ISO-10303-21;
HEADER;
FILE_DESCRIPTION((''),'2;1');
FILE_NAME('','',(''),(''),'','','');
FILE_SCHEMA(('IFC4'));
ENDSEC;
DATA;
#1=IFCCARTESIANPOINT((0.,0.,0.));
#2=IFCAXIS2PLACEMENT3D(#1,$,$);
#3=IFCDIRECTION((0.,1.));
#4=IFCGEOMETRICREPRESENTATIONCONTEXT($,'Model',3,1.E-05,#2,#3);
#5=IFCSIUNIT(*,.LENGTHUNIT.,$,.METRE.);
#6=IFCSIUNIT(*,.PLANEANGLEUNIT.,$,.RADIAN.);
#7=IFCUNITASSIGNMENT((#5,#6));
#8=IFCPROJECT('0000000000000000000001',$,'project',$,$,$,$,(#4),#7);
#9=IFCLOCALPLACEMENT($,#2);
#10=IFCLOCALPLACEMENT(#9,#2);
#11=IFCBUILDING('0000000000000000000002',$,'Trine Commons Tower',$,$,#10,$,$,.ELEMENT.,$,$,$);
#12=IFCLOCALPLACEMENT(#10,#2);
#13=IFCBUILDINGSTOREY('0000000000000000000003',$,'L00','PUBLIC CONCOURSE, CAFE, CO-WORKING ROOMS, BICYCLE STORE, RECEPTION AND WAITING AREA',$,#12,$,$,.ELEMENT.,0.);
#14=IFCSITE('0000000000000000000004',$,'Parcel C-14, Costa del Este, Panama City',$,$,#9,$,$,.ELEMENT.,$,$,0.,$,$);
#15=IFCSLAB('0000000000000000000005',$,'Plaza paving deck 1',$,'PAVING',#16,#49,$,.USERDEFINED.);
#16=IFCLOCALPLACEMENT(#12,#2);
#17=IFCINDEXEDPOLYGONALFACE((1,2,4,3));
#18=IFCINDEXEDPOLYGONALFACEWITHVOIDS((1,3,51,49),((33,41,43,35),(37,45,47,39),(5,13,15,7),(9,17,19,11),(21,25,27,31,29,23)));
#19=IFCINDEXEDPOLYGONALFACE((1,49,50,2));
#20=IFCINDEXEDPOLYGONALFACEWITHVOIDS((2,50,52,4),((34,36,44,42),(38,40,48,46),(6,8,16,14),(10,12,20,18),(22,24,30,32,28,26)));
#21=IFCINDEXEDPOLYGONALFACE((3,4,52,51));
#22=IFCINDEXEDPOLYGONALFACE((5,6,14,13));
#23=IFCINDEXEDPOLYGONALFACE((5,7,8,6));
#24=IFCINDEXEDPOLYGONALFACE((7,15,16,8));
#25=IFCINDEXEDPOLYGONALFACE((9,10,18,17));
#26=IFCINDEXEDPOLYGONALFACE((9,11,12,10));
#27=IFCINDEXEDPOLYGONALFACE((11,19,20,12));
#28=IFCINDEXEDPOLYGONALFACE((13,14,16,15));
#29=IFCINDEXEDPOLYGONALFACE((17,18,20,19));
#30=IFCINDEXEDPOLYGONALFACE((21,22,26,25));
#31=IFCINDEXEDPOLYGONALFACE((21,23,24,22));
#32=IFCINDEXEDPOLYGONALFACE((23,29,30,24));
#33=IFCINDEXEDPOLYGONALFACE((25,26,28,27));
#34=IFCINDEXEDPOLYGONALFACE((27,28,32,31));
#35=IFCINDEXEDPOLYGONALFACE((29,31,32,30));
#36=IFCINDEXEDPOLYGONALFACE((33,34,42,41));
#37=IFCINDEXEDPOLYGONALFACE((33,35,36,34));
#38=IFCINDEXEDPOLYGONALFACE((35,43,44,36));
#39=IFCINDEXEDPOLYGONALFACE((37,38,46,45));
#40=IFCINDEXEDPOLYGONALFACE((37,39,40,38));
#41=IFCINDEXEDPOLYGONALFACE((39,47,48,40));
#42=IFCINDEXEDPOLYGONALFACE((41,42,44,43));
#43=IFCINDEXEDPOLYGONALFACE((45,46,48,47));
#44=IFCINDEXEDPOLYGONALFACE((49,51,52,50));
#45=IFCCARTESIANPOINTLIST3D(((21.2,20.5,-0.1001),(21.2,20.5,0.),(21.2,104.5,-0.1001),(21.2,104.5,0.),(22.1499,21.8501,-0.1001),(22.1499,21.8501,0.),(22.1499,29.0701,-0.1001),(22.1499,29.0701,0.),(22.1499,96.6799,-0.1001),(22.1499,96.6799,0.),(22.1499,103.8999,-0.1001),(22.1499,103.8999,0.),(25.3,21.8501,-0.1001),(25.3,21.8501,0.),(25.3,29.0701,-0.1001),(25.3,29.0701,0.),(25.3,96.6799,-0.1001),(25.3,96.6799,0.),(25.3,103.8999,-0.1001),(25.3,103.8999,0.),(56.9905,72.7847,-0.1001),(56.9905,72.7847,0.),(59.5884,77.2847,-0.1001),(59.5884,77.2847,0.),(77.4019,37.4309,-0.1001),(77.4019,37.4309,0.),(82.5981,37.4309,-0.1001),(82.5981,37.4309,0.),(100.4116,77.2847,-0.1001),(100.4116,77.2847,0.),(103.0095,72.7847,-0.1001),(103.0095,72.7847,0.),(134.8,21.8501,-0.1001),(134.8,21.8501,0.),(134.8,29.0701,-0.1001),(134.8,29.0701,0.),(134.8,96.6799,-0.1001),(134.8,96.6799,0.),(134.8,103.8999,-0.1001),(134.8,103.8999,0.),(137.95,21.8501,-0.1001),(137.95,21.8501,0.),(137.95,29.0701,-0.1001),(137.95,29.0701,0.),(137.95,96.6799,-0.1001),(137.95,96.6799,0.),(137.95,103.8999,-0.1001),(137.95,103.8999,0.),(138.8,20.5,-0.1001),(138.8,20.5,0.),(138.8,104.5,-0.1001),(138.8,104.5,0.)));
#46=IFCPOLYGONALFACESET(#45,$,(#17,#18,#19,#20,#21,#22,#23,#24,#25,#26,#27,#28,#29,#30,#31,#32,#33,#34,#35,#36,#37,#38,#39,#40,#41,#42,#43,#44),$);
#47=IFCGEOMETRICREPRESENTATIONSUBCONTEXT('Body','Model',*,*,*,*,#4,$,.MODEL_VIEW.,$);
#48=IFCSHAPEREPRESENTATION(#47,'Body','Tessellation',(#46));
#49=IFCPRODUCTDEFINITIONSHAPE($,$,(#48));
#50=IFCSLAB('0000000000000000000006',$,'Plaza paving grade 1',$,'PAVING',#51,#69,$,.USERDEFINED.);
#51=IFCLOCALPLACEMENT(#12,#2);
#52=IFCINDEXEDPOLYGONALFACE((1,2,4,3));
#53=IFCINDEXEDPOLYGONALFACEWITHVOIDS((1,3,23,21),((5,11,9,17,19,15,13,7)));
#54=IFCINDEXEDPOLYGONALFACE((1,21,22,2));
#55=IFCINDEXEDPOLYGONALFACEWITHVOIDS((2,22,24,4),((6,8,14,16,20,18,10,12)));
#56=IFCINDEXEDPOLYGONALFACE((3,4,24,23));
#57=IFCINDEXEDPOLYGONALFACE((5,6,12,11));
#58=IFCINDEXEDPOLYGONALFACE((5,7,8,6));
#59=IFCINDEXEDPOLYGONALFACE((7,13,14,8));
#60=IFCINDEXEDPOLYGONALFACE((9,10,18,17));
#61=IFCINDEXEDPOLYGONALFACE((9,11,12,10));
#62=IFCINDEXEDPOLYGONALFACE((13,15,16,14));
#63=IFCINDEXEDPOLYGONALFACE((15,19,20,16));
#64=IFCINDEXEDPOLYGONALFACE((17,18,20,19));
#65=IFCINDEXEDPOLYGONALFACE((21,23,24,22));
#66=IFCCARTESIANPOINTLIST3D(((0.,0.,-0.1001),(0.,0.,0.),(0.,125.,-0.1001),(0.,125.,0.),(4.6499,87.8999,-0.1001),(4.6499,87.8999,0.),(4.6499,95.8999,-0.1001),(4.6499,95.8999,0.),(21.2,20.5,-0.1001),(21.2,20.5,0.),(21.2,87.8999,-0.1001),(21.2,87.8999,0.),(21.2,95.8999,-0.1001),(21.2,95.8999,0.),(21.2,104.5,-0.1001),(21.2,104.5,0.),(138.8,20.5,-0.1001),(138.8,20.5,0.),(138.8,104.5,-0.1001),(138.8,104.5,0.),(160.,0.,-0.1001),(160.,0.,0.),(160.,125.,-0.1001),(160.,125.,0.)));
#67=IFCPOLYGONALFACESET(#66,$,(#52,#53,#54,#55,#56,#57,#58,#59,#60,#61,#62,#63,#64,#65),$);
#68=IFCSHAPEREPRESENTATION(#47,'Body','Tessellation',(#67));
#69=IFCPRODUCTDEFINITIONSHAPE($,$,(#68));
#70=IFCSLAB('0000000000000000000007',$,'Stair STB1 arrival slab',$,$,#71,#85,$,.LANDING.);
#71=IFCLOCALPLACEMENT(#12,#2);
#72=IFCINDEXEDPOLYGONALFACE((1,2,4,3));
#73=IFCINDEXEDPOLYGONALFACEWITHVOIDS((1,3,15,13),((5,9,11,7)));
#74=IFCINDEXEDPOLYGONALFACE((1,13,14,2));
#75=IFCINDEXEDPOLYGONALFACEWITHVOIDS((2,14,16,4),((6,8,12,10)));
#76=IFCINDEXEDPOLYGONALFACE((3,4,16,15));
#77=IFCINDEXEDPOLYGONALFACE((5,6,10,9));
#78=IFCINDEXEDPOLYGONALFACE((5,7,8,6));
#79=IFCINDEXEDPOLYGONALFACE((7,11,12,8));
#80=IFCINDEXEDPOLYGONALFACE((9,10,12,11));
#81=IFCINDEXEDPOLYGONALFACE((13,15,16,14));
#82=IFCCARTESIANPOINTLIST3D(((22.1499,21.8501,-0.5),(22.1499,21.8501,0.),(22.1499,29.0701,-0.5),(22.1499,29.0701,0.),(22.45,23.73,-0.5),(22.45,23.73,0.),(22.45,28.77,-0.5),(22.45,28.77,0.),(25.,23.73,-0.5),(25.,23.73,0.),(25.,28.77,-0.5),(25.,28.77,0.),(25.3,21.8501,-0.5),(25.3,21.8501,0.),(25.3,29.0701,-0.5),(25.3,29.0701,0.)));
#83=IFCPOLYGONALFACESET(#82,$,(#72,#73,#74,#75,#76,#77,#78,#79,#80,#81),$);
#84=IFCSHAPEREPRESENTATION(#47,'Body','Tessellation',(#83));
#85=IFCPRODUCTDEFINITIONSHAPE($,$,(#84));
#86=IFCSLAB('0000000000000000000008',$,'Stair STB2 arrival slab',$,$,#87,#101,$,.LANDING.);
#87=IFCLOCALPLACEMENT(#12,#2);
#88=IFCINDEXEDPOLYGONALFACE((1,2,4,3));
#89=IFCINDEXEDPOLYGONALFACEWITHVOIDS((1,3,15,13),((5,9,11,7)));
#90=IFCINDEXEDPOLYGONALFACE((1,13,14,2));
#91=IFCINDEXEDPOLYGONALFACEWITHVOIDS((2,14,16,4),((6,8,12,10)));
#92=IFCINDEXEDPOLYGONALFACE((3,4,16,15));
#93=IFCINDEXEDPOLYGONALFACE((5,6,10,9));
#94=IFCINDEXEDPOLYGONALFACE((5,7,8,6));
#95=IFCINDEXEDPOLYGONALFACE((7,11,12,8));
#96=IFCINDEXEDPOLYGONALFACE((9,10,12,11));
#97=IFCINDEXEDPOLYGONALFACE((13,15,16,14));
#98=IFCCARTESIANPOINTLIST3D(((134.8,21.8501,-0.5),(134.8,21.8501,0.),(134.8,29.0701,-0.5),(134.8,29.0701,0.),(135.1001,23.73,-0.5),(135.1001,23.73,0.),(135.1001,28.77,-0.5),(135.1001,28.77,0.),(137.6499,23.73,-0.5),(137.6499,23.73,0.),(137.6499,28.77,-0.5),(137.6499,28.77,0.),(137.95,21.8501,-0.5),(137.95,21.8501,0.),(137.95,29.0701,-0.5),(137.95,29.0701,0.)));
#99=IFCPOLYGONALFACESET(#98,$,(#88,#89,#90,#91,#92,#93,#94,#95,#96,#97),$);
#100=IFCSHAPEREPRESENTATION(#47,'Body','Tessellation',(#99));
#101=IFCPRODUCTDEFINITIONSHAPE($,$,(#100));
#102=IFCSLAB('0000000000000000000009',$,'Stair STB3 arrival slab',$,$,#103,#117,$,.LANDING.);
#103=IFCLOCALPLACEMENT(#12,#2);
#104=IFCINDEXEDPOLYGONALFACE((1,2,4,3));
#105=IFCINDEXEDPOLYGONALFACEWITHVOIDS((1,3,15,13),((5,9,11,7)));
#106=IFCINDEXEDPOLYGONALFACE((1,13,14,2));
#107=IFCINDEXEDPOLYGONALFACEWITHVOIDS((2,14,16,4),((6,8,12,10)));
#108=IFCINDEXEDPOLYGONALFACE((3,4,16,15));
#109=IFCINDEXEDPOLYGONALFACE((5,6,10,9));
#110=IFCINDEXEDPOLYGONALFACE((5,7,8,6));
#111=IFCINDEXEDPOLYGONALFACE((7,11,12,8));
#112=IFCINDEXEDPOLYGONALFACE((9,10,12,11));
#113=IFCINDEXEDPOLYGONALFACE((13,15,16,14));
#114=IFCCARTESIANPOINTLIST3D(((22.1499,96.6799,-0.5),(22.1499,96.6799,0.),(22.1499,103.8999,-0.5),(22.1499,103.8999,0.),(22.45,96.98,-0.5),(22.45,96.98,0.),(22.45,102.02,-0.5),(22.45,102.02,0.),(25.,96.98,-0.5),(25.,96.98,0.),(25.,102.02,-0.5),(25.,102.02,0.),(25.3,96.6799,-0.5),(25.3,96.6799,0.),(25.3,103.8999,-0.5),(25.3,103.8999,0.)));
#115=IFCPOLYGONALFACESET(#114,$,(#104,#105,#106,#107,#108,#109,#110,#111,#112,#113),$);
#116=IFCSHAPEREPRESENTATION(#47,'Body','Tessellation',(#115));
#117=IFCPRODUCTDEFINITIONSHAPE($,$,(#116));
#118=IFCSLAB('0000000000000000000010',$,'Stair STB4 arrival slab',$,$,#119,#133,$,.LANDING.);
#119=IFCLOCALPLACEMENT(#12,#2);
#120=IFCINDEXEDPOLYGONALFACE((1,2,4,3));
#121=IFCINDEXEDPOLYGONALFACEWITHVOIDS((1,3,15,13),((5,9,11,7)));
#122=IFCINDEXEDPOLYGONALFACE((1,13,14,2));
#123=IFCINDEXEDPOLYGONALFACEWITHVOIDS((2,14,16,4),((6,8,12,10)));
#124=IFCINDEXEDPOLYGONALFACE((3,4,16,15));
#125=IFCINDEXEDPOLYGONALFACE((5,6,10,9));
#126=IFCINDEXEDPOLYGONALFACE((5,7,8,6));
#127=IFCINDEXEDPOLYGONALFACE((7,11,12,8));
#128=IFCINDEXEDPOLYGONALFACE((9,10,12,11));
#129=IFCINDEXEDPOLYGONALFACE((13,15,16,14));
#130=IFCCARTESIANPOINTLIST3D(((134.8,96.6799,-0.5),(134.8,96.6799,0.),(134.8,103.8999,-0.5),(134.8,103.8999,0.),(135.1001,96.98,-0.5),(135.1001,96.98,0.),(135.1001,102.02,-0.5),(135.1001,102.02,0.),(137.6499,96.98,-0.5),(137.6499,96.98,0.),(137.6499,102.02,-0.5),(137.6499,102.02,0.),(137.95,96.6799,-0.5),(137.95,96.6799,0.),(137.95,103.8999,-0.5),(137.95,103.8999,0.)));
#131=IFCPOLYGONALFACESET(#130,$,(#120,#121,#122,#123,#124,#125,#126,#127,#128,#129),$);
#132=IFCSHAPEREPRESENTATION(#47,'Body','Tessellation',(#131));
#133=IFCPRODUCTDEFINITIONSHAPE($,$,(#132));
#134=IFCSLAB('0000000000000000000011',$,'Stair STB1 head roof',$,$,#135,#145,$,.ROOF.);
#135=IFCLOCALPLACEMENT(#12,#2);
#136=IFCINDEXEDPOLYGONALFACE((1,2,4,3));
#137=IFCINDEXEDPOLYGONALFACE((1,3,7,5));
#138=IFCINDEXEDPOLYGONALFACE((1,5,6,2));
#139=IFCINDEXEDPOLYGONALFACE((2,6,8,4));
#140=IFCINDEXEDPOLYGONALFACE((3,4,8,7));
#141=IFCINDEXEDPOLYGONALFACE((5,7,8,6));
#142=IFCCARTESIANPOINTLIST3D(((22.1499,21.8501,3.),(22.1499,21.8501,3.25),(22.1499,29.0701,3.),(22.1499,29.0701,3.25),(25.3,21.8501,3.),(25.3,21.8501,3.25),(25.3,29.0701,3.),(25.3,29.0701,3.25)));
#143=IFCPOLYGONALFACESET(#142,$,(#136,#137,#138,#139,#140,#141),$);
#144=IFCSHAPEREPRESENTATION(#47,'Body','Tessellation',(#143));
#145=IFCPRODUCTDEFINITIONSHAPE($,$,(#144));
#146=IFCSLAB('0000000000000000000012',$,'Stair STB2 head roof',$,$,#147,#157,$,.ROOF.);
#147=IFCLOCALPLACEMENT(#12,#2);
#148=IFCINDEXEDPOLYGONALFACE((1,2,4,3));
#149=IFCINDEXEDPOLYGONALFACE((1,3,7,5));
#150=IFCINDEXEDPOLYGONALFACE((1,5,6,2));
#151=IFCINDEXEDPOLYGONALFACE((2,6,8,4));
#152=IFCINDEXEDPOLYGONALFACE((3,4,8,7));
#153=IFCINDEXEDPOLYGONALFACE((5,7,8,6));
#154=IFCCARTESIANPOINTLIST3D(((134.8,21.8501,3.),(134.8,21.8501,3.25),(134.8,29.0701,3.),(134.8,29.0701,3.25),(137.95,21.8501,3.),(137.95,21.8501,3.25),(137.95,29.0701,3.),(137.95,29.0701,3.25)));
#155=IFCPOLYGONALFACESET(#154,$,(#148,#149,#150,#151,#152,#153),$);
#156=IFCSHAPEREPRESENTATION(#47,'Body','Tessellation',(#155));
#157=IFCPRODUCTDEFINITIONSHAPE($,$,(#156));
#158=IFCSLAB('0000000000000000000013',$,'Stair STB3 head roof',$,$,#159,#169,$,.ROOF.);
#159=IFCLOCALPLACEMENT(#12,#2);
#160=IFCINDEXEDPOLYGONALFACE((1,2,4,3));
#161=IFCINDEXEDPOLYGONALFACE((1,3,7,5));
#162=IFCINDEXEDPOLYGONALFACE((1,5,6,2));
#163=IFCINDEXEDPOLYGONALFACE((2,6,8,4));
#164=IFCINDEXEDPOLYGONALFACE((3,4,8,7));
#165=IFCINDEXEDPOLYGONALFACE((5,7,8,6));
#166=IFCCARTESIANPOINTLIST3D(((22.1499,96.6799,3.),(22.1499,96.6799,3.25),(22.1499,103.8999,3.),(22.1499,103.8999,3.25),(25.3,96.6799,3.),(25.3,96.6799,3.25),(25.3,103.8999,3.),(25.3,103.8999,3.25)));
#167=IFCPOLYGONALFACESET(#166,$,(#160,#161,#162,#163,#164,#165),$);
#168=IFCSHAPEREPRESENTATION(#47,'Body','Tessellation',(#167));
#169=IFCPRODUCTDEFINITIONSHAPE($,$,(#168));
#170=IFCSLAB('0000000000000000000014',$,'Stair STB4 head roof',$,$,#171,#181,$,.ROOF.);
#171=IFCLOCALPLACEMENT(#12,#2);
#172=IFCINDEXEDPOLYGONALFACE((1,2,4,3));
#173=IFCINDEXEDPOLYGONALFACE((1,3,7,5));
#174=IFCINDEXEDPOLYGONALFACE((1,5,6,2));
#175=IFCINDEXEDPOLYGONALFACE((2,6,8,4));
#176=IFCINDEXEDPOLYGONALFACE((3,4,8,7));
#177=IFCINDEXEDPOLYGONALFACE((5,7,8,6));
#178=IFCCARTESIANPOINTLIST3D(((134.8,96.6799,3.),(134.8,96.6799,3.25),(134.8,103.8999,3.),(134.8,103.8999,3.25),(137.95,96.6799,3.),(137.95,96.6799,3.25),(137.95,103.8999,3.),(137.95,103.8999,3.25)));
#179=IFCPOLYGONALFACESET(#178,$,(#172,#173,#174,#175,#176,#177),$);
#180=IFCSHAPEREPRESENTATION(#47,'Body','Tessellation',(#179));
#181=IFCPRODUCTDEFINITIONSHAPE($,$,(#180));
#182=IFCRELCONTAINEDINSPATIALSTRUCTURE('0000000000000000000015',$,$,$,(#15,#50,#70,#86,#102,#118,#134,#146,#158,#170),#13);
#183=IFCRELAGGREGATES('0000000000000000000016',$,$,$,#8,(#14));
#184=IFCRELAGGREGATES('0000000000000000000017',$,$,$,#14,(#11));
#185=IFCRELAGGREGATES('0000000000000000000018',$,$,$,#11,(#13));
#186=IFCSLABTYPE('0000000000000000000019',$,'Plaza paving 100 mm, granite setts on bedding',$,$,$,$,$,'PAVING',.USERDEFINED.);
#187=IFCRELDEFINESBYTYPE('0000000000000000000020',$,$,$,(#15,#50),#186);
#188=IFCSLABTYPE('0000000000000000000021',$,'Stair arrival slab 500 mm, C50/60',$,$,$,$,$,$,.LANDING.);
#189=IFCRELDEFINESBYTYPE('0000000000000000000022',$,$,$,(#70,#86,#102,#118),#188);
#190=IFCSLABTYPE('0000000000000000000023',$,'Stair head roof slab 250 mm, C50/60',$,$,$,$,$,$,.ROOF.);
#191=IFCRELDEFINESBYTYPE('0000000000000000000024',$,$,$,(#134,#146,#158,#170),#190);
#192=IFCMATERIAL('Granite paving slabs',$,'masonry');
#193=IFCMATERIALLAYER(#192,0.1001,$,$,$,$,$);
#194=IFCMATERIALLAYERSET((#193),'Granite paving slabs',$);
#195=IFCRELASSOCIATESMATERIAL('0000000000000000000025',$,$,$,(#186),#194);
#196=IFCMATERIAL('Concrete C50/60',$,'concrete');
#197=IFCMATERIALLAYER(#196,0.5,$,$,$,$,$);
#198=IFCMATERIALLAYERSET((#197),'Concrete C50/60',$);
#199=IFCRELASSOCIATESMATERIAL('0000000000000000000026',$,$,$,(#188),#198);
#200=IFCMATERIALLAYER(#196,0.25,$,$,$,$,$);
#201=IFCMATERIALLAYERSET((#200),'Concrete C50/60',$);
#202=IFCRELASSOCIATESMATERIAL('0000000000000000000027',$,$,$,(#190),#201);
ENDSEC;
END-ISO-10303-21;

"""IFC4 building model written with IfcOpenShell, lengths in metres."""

from ifc_helpers import new_model, si_unit, direction, frame, origin, place, context, subcontext, project, spatial, polyline, outline, extrude, material, layer, layer_set, type_object, element, save


model = new_model("IFC4")

# Units and contexts
model_context = context("Model", 3, precision=1e-05, world=origin(), true_north=direction((0.0, 1.0)))
body_context = subcontext(model_context, "Body", "Model", "MODEL_VIEW")
ifc_project = project(units=[si_unit("LENGTHUNIT", "METRE"), si_unit("PLANEANGLEUNIT", "RADIAN")], contexts=[model_context])

# Site, building, storey
site_placement = place(None, origin())
site = spatial("IfcSite", under=ifc_project, at=site_placement, Name="Parcel C-14, Costa del Este, Panama City", CompositionType="ELEMENT", RefElevation=0.0)
building_placement = place(site_placement, origin())
building = spatial("IfcBuilding", under=site, at=building_placement, Name="Trine Commons Tower", CompositionType="ELEMENT")
storey_placement = place(building_placement, origin())
storey = spatial("IfcBuildingStorey", under=building, at=storey_placement, Name="L00", Description="PUBLIC CONCOURSE, CAFE, CO-WORKING ROOMS, BICYCLE STORE, RECEPTION AND WAITING AREA", CompositionType="ELEMENT", Elevation=0.0)

# Slabs
ifc_material_1 = material(Name="Concrete C50/60", Category="concrete")
ifc_material_2 = material(Name="Granite paving slabs", Category="masonry")
ifc_layer_1 = layer(ifc_material_2, 0.1001)
ifc_layer_set_1 = layer_set([ifc_layer_1], Name="Granite paving slabs")
slab_type_1 = type_object("IfcSlabType", Name="Plaza paving 100 mm, granite setts on bedding", ElementType="PAVING", PredefinedType="USERDEFINED", material=ifc_layer_set_1)
slab_1_placement = place(storey_placement, frame((0.0, 0.0, -0.1001)))
element("IfcSlab", 1, at=slab_1_placement, inside=storey, type_object=slab_type_1, Name="Plaza paving deck 1", ObjectType="PAVING", PredefinedType="USERDEFINED", context=body_context, shape_type="SweptSolid", body=[
    extrude(outline(polyline([(21.2, 104.5), (21.2, 20.5), (138.8, 20.5), (138.8, 104.5), (21.2, 104.5)]), holes=[polyline([(82.5981, 37.4309), (103.0095, 72.7847), (100.4116, 77.2847), (59.5884, 77.2847), (56.9905, 72.7847), (77.4019, 37.4309), (82.5981, 37.4309)]), polyline([(22.1499, 21.8501), (25.3, 21.8501), (25.3, 29.0701), (22.1499, 29.0701), (22.1499, 21.8501)]), polyline([(134.8, 21.8501), (137.95, 21.8501), (137.95, 29.0701), (134.8, 29.0701), (134.8, 21.8501)]), polyline([(25.3, 103.8999), (22.1499, 103.8999), (22.1499, 96.6799), (25.3, 96.6799), (25.3, 103.8999)]), polyline([(137.95, 103.8999), (134.8, 103.8999), (134.8, 96.6799), (137.95, 96.6799), (137.95, 103.8999)])]), origin(), (0.0, 0.0, 1.0), 0.1001),
])
slab_2_placement = place(storey_placement, frame((0.0, 0.0, -0.1001)))
element("IfcSlab", 2, at=slab_2_placement, inside=storey, type_object=slab_type_1, Name="Plaza paving grade 1", ObjectType="PAVING", PredefinedType="USERDEFINED", context=body_context, shape_type="SweptSolid", body=[
    extrude(outline(polyline([(0.0, 125.0), (0.0, 0.0), (160.0, 0.0), (160.0, 125.0), (0.0, 125.0)]), holes=[polyline([(21.2, 104.5), (21.2, 95.8999), (4.6499, 95.8999), (4.6499, 87.8999), (21.2, 87.8999), (21.2, 20.5), (138.8, 20.5), (138.8, 104.5), (21.2, 104.5)])]), origin(), (0.0, 0.0, 1.0), 0.1001),
])
ifc_layer_2 = layer(ifc_material_1, 0.5)
ifc_layer_set_2 = layer_set([ifc_layer_2], Name="Concrete C50/60")
slab_type_2 = type_object("IfcSlabType", Name="Stair arrival slab 500 mm, C50/60", PredefinedType="LANDING", material=ifc_layer_set_2)
slab_3_placement = place(storey_placement, frame((0.0, 0.0, -0.5)))
element("IfcSlab", 3, at=slab_3_placement, inside=storey, type_object=slab_type_2, Name="Stair STB1 arrival slab", PredefinedType="LANDING", context=body_context, shape_type="SweptSolid", body=[
    extrude(outline(polyline([(22.1499, 21.8501), (22.1499, 29.0701), (25.3, 29.0701), (25.3, 21.8501), (22.1499, 21.8501)]), holes=[polyline([(25.0, 28.77), (22.45, 28.77), (22.45, 23.73), (25.0, 23.73), (25.0, 28.77)])]), origin(), (0.0, 0.0, 1.0), 0.5),
])
slab_4_placement = place(storey_placement, frame((0.0, 0.0, -0.5)))
element("IfcSlab", 4, at=slab_4_placement, inside=storey, type_object=slab_type_2, Name="Stair STB2 arrival slab", PredefinedType="LANDING", context=body_context, shape_type="SweptSolid", body=[
    extrude(outline(polyline([(134.8, 21.8501), (134.8, 29.0701), (137.95, 29.0701), (137.95, 21.8501), (134.8, 21.8501)]), holes=[polyline([(137.6499, 28.77), (135.1001, 28.77), (135.1001, 23.73), (137.6499, 23.73), (137.6499, 28.77)])]), origin(), (0.0, 0.0, 1.0), 0.5),
])
slab_5_placement = place(storey_placement, frame((0.0, 0.0, -0.5)))
element("IfcSlab", 5, at=slab_5_placement, inside=storey, type_object=slab_type_2, Name="Stair STB3 arrival slab", PredefinedType="LANDING", context=body_context, shape_type="SweptSolid", body=[
    extrude(outline(polyline([(25.3, 103.8999), (25.3, 96.6799), (22.1499, 96.6799), (22.1499, 103.8999), (25.3, 103.8999)]), holes=[polyline([(22.45, 96.98), (25.0, 96.98), (25.0, 102.02), (22.45, 102.02), (22.45, 96.98)])]), origin(), (0.0, 0.0, 1.0), 0.5),
])
slab_6_placement = place(storey_placement, frame((0.0, 0.0, -0.5)))
element("IfcSlab", 6, at=slab_6_placement, inside=storey, type_object=slab_type_2, Name="Stair STB4 arrival slab", PredefinedType="LANDING", context=body_context, shape_type="SweptSolid", body=[
    extrude(outline(polyline([(137.95, 103.8999), (137.95, 96.6799), (134.8, 96.6799), (134.8, 103.8999), (137.95, 103.8999)]), holes=[polyline([(135.1001, 96.98), (137.6499, 96.98), (137.6499, 102.02), (135.1001, 102.02), (135.1001, 96.98)])]), origin(), (0.0, 0.0, 1.0), 0.5),
])
ifc_layer_3 = layer(ifc_material_1, 0.25)
ifc_layer_set_3 = layer_set([ifc_layer_3], Name="Concrete C50/60")
slab_type_3 = type_object("IfcSlabType", Name="Stair head roof slab 250 mm, C50/60", PredefinedType="ROOF", material=ifc_layer_set_3)
slab_7_placement = place(storey_placement, frame((0.0, 0.0, 3.0)))
element("IfcSlab", 7, at=slab_7_placement, inside=storey, type_object=slab_type_3, Name="Stair STB1 head roof", PredefinedType="ROOF", context=body_context, shape_type="SweptSolid", body=[
    extrude(outline(polyline([(25.3, 21.8501), (22.1499, 21.8501), (22.1499, 29.0701), (25.3, 29.0701), (25.3, 21.8501)])), origin(), (0.0, 0.0, 1.0), 0.25),
])
slab_8_placement = place(storey_placement, frame((0.0, 0.0, 3.0)))
element("IfcSlab", 8, at=slab_8_placement, inside=storey, type_object=slab_type_3, Name="Stair STB2 head roof", PredefinedType="ROOF", context=body_context, shape_type="SweptSolid", body=[
    extrude(outline(polyline([(137.95, 21.8501), (134.8, 21.8501), (134.8, 29.0701), (137.95, 29.0701), (137.95, 21.8501)])), origin(), (0.0, 0.0, 1.0), 0.25),
])
slab_9_placement = place(storey_placement, frame((0.0, 0.0, 3.0)))
element("IfcSlab", 9, at=slab_9_placement, inside=storey, type_object=slab_type_3, Name="Stair STB3 head roof", PredefinedType="ROOF", context=body_context, shape_type="SweptSolid", body=[
    extrude(outline(polyline([(22.1499, 103.8999), (25.3, 103.8999), (25.3, 96.6799), (22.1499, 96.6799), (22.1499, 103.8999)])), origin(), (0.0, 0.0, 1.0), 0.25),
])
slab_10_placement = place(storey_placement, frame((0.0, 0.0, 3.0)))
element("IfcSlab", 10, at=slab_10_placement, inside=storey, type_object=slab_type_3, Name="Stair STB4 head roof", PredefinedType="ROOF", context=body_context, shape_type="SweptSolid", body=[
    extrude(outline(polyline([(134.8, 103.8999), (137.95, 103.8999), (137.95, 96.6799), (134.8, 96.6799), (134.8, 103.8999)])), origin(), (0.0, 0.0, 1.0), 0.25),
])

save(model, "model.ifc")
